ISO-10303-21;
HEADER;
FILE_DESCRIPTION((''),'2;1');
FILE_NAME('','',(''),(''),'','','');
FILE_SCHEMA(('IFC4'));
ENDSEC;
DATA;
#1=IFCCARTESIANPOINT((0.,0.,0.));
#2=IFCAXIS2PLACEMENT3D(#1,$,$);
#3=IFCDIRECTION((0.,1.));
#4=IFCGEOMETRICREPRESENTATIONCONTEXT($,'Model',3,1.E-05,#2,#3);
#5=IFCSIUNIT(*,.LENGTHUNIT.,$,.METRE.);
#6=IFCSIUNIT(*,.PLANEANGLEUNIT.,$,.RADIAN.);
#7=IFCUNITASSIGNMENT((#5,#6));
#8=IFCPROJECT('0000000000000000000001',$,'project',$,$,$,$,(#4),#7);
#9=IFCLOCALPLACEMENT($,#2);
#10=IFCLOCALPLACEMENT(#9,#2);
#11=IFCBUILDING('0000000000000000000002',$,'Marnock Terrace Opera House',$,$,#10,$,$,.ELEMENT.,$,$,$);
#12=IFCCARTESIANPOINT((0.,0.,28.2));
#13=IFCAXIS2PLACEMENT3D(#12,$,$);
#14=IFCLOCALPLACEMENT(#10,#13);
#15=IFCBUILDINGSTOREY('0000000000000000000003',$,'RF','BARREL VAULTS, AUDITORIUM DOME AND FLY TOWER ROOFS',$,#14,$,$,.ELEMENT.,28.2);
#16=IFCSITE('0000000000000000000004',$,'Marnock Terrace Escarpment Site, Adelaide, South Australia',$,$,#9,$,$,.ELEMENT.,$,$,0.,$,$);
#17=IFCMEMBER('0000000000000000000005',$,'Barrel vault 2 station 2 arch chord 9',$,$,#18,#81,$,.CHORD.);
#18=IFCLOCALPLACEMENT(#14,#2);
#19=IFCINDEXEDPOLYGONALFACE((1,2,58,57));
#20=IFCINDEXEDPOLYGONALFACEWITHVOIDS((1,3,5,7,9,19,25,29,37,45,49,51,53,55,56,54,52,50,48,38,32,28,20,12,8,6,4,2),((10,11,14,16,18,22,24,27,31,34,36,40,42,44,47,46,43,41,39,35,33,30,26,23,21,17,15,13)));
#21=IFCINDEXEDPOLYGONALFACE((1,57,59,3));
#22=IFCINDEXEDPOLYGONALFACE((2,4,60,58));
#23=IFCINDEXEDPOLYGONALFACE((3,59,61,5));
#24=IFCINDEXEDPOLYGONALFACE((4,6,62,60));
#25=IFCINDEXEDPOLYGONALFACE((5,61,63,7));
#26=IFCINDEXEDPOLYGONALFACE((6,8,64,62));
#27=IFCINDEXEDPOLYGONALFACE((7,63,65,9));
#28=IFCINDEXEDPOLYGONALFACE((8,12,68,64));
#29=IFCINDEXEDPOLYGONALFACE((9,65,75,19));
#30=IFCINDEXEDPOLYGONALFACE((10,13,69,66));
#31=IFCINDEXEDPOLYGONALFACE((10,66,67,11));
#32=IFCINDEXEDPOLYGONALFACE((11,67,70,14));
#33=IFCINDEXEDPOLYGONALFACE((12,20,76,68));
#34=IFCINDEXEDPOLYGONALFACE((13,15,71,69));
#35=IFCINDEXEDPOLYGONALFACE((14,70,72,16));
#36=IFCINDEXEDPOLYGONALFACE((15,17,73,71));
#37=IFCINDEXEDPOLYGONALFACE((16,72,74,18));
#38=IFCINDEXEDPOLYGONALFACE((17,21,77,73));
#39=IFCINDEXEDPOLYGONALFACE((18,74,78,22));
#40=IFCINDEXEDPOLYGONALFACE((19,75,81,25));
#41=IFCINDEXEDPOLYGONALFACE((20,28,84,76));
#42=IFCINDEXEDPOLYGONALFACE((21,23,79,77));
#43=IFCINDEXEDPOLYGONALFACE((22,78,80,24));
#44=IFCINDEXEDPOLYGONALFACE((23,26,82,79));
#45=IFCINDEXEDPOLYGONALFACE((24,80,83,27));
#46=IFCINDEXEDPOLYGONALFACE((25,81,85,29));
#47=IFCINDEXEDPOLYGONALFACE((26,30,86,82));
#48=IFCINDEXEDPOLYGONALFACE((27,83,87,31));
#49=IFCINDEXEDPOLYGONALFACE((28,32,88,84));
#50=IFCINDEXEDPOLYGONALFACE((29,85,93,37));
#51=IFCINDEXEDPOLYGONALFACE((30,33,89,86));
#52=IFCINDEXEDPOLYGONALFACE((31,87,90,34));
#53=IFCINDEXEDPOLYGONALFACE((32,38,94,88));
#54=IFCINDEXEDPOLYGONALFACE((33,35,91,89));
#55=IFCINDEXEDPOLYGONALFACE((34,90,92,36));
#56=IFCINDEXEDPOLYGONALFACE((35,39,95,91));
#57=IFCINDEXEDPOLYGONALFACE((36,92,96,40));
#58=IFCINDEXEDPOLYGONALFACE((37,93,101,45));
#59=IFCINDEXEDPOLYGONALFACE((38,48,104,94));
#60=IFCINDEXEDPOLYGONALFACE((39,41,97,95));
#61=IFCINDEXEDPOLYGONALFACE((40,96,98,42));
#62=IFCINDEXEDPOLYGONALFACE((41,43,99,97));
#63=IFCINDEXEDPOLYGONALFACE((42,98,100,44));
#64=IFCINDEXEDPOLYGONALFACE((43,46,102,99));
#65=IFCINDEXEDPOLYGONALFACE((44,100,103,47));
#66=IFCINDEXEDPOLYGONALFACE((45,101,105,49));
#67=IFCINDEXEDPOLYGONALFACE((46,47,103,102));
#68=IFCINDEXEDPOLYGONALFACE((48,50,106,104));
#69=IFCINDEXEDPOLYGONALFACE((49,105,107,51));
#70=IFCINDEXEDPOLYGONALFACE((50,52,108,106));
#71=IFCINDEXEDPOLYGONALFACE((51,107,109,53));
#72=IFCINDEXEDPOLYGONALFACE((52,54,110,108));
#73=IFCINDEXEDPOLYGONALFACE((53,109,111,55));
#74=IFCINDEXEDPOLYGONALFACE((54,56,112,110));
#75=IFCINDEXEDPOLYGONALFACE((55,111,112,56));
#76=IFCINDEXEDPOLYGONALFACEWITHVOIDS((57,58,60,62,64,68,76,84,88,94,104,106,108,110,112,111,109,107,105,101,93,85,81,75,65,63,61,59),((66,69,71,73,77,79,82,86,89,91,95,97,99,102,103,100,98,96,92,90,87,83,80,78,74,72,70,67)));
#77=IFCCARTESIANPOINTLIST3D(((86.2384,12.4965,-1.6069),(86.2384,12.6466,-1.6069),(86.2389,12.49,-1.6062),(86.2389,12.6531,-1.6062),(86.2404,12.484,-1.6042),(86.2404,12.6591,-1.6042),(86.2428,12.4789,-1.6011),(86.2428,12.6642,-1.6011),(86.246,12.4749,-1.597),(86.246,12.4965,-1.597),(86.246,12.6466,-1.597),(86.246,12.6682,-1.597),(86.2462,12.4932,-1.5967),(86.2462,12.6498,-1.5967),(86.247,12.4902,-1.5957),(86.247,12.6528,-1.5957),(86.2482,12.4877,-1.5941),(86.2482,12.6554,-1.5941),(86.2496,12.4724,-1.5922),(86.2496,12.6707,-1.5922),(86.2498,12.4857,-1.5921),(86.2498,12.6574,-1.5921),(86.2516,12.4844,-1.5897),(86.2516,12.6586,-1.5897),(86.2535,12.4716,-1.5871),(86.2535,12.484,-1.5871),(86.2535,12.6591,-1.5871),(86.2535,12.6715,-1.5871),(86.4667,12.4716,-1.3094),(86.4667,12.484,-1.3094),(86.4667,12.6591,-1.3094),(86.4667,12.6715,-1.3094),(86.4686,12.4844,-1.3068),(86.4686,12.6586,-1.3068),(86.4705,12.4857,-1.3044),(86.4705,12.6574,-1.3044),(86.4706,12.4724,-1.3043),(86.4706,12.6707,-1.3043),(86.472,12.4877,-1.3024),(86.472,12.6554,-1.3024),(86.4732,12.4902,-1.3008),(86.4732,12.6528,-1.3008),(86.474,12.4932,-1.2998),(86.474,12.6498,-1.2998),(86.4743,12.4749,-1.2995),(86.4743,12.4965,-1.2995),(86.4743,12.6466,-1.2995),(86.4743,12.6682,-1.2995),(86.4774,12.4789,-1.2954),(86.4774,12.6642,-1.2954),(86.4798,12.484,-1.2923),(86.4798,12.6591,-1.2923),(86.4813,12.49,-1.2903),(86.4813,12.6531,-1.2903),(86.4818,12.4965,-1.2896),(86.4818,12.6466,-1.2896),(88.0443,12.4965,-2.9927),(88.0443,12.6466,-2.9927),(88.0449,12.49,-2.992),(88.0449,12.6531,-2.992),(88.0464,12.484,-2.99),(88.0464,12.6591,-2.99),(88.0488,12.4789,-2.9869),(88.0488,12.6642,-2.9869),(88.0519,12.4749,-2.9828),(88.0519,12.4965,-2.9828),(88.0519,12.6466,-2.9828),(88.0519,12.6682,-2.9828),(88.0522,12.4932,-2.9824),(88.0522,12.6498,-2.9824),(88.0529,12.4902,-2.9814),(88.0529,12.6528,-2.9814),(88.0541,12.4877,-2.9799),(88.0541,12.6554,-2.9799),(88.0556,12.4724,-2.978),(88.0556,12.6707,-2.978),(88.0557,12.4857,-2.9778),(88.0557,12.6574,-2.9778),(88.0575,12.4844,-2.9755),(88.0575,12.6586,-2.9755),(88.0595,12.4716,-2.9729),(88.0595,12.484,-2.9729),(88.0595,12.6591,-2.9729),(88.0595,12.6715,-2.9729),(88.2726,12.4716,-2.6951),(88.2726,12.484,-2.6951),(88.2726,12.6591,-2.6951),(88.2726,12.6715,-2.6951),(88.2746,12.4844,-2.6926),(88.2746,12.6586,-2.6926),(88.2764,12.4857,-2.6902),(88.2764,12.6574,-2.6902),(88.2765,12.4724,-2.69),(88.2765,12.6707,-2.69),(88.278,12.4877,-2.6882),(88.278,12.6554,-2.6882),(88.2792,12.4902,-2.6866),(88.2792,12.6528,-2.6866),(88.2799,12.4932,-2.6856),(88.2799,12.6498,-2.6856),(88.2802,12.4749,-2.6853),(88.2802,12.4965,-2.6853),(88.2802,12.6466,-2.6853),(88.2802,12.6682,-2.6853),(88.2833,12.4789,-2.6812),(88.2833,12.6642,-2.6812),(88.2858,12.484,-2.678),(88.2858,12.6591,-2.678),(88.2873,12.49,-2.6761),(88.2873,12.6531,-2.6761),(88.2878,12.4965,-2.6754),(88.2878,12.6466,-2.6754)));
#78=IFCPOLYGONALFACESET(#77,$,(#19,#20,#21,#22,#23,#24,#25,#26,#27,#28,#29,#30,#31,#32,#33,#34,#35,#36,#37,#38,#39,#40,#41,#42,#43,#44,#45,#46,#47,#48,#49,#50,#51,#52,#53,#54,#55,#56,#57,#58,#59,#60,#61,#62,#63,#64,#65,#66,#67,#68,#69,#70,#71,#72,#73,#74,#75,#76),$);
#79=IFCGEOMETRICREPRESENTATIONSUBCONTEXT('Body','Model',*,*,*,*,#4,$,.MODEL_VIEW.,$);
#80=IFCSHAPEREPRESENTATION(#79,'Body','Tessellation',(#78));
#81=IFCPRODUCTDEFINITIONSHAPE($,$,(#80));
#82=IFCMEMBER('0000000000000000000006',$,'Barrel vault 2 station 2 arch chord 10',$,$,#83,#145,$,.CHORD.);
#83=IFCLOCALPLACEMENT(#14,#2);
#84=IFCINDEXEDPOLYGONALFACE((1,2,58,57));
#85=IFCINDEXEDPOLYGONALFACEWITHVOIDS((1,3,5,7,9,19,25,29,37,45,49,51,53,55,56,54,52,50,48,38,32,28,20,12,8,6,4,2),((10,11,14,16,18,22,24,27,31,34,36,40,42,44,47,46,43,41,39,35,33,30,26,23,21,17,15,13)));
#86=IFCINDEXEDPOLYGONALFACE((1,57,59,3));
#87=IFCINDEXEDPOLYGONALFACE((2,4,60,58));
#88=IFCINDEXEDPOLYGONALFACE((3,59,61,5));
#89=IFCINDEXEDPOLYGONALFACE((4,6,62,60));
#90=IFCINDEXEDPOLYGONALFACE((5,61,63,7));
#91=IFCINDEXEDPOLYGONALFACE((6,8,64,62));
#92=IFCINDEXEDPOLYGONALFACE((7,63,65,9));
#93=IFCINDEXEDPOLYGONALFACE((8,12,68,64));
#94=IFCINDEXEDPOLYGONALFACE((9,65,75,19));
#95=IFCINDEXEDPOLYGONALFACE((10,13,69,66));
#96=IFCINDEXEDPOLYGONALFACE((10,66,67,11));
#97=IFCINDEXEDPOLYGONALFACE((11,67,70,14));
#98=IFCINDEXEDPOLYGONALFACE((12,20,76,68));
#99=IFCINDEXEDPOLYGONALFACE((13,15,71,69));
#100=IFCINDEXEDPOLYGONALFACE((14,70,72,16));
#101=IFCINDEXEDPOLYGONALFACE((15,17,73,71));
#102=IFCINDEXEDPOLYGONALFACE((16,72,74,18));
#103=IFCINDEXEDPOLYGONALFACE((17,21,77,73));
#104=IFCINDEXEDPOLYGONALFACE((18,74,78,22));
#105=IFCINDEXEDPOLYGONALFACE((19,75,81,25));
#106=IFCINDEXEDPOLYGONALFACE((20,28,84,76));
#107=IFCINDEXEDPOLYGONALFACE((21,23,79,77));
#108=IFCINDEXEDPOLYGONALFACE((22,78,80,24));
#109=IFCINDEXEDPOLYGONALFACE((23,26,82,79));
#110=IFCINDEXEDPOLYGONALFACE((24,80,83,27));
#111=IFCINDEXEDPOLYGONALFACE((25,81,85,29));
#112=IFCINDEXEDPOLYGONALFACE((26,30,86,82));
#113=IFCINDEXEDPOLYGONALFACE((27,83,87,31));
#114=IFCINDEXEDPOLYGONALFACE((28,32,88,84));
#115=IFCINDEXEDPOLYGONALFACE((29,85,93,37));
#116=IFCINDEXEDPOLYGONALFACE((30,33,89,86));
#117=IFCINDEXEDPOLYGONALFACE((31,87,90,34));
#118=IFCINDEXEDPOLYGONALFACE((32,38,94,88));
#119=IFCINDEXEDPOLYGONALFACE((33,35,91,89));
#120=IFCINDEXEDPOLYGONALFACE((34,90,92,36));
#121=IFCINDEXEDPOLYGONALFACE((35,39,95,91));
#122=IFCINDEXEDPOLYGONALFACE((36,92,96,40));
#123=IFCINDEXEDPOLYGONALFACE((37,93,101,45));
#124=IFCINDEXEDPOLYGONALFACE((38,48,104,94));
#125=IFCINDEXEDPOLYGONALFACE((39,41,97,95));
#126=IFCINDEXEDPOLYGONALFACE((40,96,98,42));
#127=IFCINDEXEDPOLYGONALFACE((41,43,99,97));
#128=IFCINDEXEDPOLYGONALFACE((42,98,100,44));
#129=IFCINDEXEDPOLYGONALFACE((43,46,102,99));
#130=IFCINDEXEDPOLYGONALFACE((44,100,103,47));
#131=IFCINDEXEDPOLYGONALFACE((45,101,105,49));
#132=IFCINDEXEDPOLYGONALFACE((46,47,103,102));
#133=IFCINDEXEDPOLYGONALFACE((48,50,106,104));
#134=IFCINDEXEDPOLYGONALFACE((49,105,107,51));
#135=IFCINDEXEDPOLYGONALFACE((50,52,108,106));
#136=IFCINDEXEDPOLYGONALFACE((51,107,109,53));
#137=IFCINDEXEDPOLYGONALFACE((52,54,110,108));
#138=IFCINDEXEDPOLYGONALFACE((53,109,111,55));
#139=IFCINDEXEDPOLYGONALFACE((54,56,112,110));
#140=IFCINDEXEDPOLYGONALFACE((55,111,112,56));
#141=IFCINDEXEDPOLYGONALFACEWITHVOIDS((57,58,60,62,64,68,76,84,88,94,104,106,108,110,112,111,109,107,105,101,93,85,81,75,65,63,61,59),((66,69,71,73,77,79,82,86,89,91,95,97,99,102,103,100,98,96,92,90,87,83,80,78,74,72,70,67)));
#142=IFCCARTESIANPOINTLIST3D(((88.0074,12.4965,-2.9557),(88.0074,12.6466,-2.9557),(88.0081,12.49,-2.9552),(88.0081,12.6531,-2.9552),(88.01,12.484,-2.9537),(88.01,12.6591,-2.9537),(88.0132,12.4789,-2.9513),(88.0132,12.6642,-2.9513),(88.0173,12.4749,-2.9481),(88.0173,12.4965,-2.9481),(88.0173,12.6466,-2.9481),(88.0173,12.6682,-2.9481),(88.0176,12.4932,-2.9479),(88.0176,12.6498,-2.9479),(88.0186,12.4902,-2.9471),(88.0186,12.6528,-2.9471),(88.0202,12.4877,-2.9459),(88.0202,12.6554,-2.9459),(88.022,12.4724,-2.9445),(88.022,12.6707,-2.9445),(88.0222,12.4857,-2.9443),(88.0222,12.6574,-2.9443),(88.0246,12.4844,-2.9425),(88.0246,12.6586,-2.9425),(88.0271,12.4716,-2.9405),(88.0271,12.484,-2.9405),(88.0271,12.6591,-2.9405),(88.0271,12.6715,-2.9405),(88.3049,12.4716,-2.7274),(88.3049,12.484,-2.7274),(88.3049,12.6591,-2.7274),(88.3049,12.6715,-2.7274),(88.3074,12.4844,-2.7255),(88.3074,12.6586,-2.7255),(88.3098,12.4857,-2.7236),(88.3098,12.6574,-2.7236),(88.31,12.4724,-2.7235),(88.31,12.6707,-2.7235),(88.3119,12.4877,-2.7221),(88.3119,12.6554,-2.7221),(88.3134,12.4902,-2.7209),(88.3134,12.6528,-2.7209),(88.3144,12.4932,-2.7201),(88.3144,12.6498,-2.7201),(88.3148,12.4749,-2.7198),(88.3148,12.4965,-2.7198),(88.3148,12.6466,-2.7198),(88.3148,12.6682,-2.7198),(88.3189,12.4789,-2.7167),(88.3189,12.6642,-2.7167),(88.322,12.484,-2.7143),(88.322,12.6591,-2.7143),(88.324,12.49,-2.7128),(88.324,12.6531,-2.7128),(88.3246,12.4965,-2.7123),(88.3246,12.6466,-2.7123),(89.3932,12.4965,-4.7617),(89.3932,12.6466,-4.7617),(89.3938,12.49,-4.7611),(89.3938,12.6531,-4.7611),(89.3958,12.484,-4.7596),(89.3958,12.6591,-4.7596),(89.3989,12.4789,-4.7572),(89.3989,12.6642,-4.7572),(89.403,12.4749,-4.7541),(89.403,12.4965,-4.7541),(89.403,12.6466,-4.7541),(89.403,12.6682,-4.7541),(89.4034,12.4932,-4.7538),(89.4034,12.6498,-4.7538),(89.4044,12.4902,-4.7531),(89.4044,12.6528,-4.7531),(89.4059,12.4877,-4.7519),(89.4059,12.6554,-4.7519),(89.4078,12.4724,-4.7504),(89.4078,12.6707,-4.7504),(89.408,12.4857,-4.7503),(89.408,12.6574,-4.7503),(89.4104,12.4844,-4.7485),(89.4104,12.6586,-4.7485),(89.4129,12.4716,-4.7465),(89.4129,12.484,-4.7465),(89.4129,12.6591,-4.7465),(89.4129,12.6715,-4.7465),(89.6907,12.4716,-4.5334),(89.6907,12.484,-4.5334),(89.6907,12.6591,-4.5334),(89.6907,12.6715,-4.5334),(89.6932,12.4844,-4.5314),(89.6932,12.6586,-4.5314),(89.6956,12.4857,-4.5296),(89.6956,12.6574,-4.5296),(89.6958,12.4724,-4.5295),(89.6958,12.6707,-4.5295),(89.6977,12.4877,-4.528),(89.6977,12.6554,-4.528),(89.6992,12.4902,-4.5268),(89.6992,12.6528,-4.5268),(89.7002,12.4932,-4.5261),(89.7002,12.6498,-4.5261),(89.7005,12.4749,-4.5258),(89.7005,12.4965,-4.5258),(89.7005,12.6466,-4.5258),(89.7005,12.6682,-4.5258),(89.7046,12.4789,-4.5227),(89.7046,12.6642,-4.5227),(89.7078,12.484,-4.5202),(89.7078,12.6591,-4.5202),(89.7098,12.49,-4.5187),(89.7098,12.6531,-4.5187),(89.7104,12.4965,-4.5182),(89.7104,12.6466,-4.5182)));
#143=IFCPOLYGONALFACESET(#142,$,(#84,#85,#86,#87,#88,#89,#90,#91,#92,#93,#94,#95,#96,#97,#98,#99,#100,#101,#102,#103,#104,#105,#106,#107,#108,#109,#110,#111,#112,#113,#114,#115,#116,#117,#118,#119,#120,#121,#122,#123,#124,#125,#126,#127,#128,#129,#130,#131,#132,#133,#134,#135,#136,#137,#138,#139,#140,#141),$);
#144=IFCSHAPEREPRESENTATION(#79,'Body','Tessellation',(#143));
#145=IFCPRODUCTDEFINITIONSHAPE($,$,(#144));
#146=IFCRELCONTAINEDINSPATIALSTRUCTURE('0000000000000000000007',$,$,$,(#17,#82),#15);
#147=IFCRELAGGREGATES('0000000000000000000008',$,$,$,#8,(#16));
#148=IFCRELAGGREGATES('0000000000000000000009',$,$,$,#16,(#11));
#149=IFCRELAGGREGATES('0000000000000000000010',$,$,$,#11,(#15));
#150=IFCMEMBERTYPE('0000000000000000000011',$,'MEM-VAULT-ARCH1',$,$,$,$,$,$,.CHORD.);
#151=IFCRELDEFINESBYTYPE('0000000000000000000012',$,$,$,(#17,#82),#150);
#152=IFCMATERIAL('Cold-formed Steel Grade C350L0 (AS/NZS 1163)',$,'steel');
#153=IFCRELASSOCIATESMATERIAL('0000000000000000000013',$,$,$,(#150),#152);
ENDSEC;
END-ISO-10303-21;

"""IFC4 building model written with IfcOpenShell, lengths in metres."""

from ifc_helpers import new_model, si_unit, direction, frame, origin, origin_2d, place, context, subcontext, project, spatial, hollow_rectangle, extrude, material, material_profile, profile_set, type_object, element, save


model = new_model("IFC4")

# Units and contexts
model_context = context("Model", 3, precision=1e-05, world=origin(), true_north=direction((0.0, 1.0)))
body_context = subcontext(model_context, "Body", "Model", "MODEL_VIEW")
ifc_project = project(units=[si_unit("LENGTHUNIT", "METRE"), si_unit("PLANEANGLEUNIT", "RADIAN")], contexts=[model_context])

# Site, building, storey
site_placement = place(None, origin())
site = spatial("IfcSite", under=ifc_project, at=site_placement, Name="Marnock Terrace Escarpment Site, Adelaide, South Australia", CompositionType="ELEMENT", RefElevation=0.0)
building_placement = place(site_placement, origin())
building = spatial("IfcBuilding", under=site, at=building_placement, Name="Marnock Terrace Opera House", CompositionType="ELEMENT")
storey_placement = place(building_placement, frame((0.0, 0.0, 28.2)))
storey = spatial("IfcBuildingStorey", under=building, at=storey_placement, Name="RF", Description="BARREL VAULTS, AUDITORIUM DOME AND FLY TOWER ROOFS", CompositionType="ELEMENT", Elevation=28.2)

# Members
ifc_material = material(Name="Cold-formed Steel Grade C350L0 (AS/NZS 1163)", Category="steel")
ifc_material_profile_1 = material_profile(ifc_material, hollow_rectangle(XDim=0.2, YDim=0.3999, WallThickness=0.0125, InnerFilletRadius=0.0125, OuterFilletRadius=0.0249, at=origin_2d()))
ifc_profile_set_1 = profile_set([ifc_material_profile_1], Name="Cold-formed Steel Grade C350L0 (AS/NZS 1163)")
member_type_1 = type_object("IfcMemberType", Name="MEM-VAULT-ARCH1", PredefinedType="CHORD", material=ifc_profile_set_1)
for number, where, z_axis, x_axis, name in (
    (1, (86.3601, 12.5715, -1.4482), (0.793349, 0.0, -0.608767), (0.0, 1.0, 0.0), "Barrel vault 2 station 2 arch chord 9"),
    (2, (88.166, 12.5715, -2.834), (0.608767, 0.0, -0.793349), (0.0, 1.0, 0.0), "Barrel vault 2 station 2 arch chord 10"),
):
    element("IfcMember", number, at=place(storey_placement, frame(where, z_axis=z_axis, x_axis=x_axis)), inside=storey, type_object=member_type_1, Name=name, PredefinedType="CHORD", context=body_context, shape_type="SweptSolid", body=[
        extrude(hollow_rectangle(XDim=0.2, YDim=0.3999, WallThickness=0.0125, InnerFilletRadius=0.0125, OuterFilletRadius=0.0249, at=origin_2d()), origin(), (0.0, 0.0, 1.0), 2.2764),
    ])

save(model, "model.ifc")
